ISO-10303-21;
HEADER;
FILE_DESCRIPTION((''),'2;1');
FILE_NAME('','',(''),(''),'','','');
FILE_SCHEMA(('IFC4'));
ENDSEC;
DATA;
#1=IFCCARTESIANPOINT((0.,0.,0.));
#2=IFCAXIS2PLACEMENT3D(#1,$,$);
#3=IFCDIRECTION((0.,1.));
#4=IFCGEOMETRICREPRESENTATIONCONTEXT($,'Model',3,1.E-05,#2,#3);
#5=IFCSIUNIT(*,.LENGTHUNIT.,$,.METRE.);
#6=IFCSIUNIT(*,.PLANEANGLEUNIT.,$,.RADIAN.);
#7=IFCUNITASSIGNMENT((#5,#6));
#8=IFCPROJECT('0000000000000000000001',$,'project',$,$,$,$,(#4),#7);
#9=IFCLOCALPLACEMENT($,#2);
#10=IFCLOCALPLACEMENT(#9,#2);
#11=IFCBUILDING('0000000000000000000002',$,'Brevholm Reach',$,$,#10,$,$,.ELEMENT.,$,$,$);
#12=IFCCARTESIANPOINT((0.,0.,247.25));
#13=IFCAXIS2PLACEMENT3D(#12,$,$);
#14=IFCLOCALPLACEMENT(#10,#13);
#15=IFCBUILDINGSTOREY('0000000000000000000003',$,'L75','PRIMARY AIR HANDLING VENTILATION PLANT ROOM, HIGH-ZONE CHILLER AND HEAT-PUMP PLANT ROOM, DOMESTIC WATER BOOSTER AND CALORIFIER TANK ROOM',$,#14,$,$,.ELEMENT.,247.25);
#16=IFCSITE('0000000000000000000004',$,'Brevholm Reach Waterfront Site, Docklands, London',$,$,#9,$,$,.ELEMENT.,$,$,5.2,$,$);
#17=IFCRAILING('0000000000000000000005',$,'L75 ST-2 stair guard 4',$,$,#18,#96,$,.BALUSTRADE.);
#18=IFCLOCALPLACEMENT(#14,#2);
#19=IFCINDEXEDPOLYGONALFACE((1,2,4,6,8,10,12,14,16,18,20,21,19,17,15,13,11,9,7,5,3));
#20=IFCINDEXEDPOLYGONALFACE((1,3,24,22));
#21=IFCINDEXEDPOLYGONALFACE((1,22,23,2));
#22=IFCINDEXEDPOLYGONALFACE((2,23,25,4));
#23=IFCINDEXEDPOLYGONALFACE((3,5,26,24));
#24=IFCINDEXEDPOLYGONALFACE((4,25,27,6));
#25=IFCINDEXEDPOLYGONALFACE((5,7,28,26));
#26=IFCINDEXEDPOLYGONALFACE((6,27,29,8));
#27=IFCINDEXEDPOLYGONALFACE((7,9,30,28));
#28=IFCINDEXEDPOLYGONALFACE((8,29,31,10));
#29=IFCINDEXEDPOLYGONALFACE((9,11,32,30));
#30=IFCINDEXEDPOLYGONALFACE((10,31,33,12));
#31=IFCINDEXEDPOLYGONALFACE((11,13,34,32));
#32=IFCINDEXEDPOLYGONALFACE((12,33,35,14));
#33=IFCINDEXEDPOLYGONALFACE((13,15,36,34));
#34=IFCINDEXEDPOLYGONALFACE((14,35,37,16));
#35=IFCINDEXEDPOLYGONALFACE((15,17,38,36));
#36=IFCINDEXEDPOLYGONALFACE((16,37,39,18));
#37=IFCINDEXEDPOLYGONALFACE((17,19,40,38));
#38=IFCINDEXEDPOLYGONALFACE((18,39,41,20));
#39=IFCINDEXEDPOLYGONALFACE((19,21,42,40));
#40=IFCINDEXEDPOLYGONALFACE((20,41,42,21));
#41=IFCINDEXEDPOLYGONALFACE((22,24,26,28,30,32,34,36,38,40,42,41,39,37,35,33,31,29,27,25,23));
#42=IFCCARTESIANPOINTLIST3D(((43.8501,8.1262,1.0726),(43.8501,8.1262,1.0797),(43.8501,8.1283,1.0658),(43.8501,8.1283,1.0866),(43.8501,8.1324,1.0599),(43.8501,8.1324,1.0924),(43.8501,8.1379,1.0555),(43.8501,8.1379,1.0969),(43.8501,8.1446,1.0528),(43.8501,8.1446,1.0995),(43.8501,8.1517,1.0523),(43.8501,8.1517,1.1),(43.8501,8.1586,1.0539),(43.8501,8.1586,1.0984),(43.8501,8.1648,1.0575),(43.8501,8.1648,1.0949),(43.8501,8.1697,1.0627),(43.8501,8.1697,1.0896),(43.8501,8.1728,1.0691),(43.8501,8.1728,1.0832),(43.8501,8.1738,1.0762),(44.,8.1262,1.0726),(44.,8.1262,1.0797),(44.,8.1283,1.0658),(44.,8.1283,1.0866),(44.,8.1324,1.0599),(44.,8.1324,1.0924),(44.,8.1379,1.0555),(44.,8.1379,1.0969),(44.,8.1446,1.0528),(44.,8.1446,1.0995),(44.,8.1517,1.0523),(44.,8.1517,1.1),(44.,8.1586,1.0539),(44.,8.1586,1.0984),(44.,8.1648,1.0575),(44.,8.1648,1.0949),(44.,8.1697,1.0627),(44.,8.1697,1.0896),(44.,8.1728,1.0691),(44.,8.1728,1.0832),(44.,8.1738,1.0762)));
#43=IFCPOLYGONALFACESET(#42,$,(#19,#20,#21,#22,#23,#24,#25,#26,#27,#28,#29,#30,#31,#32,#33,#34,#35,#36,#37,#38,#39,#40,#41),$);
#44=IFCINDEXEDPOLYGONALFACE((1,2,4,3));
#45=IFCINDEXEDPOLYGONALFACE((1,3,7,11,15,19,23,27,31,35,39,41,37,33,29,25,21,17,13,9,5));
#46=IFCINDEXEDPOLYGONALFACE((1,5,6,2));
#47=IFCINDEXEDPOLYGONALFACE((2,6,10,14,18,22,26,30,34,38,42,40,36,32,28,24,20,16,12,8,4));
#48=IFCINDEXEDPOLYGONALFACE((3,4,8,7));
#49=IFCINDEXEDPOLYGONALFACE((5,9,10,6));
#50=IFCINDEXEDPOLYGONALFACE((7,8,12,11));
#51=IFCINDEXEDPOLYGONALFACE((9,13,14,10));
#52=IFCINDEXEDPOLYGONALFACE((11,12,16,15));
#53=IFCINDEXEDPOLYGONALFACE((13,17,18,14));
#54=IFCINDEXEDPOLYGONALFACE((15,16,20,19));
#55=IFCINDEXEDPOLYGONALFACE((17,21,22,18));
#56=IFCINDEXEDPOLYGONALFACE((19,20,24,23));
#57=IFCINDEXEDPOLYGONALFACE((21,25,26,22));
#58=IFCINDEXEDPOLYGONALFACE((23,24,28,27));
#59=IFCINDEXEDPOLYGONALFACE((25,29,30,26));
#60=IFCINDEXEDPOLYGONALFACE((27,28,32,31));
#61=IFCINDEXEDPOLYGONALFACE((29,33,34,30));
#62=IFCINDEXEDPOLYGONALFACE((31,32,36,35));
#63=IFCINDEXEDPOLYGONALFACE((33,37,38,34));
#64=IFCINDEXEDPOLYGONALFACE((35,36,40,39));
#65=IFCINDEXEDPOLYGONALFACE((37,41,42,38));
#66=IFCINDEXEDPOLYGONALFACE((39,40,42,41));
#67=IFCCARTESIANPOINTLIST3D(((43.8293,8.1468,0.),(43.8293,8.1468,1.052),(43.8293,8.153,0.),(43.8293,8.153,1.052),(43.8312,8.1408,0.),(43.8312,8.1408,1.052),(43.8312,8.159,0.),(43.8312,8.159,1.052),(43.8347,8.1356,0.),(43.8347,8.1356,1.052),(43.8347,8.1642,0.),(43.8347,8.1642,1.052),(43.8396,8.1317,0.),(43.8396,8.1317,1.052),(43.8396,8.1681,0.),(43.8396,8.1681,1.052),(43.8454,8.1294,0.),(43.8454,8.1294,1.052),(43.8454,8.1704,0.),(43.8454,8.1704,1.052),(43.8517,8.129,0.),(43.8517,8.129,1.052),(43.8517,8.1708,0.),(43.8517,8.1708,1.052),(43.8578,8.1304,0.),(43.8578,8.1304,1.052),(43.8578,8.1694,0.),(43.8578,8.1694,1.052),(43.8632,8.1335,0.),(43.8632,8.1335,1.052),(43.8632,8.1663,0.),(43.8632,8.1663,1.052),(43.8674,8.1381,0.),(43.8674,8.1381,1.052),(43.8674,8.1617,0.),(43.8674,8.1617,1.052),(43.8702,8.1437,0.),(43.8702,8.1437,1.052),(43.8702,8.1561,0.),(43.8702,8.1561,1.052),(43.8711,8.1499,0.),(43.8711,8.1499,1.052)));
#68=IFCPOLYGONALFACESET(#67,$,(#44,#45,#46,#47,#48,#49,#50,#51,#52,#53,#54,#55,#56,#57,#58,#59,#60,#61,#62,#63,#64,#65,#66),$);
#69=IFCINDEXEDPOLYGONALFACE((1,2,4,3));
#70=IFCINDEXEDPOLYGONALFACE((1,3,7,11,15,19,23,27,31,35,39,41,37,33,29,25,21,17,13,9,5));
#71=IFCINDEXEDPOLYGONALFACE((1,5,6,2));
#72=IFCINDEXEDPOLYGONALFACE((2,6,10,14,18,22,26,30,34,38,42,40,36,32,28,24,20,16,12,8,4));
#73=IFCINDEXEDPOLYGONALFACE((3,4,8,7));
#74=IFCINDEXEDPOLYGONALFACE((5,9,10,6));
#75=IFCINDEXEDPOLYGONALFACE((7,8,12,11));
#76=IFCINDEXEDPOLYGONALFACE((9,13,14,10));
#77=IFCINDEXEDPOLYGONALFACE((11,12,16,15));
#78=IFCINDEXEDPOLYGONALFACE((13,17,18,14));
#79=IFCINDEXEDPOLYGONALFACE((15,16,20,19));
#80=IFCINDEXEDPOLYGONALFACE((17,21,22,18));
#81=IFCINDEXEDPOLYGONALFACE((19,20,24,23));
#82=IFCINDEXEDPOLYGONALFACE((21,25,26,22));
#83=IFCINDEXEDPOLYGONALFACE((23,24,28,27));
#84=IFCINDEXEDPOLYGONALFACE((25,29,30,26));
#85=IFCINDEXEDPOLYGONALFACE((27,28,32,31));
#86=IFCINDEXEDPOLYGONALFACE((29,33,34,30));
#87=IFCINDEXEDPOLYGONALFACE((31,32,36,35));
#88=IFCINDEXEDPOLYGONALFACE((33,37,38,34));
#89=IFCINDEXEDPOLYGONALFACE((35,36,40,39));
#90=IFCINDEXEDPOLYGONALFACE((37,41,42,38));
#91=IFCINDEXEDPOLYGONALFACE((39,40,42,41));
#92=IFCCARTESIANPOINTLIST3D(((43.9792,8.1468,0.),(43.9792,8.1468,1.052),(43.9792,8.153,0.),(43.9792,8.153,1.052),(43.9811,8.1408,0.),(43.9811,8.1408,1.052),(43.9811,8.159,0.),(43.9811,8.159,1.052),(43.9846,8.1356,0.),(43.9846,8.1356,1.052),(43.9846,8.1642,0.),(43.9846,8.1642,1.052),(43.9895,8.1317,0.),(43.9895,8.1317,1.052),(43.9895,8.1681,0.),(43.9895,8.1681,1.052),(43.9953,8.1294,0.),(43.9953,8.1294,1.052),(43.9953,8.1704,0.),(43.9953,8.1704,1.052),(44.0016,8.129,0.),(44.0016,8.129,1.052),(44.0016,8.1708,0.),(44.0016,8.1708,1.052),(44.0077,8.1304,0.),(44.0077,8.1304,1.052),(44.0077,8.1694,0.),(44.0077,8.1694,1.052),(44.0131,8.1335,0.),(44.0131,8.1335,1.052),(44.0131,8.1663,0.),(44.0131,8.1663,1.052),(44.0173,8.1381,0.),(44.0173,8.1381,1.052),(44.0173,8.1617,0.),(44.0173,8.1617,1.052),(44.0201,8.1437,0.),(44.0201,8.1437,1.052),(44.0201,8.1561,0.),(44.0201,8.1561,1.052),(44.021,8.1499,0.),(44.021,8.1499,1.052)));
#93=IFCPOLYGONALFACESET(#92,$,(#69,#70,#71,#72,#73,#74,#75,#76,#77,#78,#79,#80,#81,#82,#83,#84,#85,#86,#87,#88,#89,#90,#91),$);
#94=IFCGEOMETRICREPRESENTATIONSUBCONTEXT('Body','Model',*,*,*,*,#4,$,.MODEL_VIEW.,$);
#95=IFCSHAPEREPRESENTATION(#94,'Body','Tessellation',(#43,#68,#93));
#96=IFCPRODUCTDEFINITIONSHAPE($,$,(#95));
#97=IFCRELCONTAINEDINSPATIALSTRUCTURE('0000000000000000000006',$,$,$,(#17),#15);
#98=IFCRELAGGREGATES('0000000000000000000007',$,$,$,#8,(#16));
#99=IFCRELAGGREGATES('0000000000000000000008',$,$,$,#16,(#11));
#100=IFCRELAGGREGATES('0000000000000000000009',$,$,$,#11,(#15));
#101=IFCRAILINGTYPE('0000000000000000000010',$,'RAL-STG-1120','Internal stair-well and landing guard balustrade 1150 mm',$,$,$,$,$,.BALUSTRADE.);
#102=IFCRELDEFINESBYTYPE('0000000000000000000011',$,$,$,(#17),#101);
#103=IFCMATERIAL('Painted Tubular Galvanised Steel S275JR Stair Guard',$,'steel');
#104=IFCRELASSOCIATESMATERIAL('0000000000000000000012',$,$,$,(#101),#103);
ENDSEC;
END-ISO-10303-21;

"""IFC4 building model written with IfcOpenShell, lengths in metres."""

from ifc_helpers import new_model, si_unit, direction, frame, origin, origin_2d, place, context, subcontext, project, spatial, circle, extrude, material, type_object, element, save


model = new_model("IFC4")

# Units and contexts
model_context = context("Model", 3, precision=1e-05, world=origin(), true_north=direction((0.0, 1.0)))
body_context = subcontext(model_context, "Body", "Model", "MODEL_VIEW")
ifc_project = project(units=[si_unit("LENGTHUNIT", "METRE"), si_unit("PLANEANGLEUNIT", "RADIAN")], contexts=[model_context])

# Site, building, storey
site_placement = place(None, origin())
site = spatial("IfcSite", under=ifc_project, at=site_placement, Name="Brevholm Reach Waterfront Site, Docklands, London", CompositionType="ELEMENT", RefElevation=5.2)
building_placement = place(site_placement, origin())
building = spatial("IfcBuilding", under=site, at=building_placement, Name="Brevholm Reach", CompositionType="ELEMENT")
storey_placement = place(building_placement, frame((0.0, 0.0, 247.25)))
storey = spatial("IfcBuildingStorey", under=building, at=storey_placement, Name="L75", Description="PRIMARY AIR HANDLING VENTILATION PLANT ROOM, HIGH-ZONE CHILLER AND HEAT-PUMP PLANT ROOM, DOMESTIC WATER BOOSTER AND CALORIFIER TANK ROOM", CompositionType="ELEMENT", Elevation=247.25)

# Railing
ifc_material_1 = material(Name="Painted Tubular Galvanised Steel S275JR Stair Guard", Category="steel")
railing_type_1 = type_object("IfcRailingType", Name="RAL-STG-1120", Description="Internal stair-well and landing guard balustrade 1150 mm", PredefinedType="BALUSTRADE", material=ifc_material_1)
railing_1_placement = place(storey_placement, frame((43.8501, 8.1499, 0.0)))
element("IfcRailing", 1, at=railing_1_placement, inside=storey, type_object=railing_type_1, Name="L75 ST-2 stair guard 4", PredefinedType="BALUSTRADE", context=body_context, shape_type="SweptSolid", body=[
    extrude(circle(Radius=0.0239, at=origin_2d()), frame((0.0, 0.0, 1.0762), z_axis=(1.0, 0.0, 0.0), x_axis=(0.0, 1.0, 0.0)), (0.0, 0.0, 1.0), 0.1499),
    extrude(circle(Radius=0.021, at=origin_2d()), origin(), (0.0, 0.0, 1.0), 1.052),
    extrude(circle(Radius=0.021, at=origin_2d()), frame((0.1499, 0.0, 0.0)), (0.0, 0.0, 1.0), 1.052),
])

save(model, "model.ifc")
